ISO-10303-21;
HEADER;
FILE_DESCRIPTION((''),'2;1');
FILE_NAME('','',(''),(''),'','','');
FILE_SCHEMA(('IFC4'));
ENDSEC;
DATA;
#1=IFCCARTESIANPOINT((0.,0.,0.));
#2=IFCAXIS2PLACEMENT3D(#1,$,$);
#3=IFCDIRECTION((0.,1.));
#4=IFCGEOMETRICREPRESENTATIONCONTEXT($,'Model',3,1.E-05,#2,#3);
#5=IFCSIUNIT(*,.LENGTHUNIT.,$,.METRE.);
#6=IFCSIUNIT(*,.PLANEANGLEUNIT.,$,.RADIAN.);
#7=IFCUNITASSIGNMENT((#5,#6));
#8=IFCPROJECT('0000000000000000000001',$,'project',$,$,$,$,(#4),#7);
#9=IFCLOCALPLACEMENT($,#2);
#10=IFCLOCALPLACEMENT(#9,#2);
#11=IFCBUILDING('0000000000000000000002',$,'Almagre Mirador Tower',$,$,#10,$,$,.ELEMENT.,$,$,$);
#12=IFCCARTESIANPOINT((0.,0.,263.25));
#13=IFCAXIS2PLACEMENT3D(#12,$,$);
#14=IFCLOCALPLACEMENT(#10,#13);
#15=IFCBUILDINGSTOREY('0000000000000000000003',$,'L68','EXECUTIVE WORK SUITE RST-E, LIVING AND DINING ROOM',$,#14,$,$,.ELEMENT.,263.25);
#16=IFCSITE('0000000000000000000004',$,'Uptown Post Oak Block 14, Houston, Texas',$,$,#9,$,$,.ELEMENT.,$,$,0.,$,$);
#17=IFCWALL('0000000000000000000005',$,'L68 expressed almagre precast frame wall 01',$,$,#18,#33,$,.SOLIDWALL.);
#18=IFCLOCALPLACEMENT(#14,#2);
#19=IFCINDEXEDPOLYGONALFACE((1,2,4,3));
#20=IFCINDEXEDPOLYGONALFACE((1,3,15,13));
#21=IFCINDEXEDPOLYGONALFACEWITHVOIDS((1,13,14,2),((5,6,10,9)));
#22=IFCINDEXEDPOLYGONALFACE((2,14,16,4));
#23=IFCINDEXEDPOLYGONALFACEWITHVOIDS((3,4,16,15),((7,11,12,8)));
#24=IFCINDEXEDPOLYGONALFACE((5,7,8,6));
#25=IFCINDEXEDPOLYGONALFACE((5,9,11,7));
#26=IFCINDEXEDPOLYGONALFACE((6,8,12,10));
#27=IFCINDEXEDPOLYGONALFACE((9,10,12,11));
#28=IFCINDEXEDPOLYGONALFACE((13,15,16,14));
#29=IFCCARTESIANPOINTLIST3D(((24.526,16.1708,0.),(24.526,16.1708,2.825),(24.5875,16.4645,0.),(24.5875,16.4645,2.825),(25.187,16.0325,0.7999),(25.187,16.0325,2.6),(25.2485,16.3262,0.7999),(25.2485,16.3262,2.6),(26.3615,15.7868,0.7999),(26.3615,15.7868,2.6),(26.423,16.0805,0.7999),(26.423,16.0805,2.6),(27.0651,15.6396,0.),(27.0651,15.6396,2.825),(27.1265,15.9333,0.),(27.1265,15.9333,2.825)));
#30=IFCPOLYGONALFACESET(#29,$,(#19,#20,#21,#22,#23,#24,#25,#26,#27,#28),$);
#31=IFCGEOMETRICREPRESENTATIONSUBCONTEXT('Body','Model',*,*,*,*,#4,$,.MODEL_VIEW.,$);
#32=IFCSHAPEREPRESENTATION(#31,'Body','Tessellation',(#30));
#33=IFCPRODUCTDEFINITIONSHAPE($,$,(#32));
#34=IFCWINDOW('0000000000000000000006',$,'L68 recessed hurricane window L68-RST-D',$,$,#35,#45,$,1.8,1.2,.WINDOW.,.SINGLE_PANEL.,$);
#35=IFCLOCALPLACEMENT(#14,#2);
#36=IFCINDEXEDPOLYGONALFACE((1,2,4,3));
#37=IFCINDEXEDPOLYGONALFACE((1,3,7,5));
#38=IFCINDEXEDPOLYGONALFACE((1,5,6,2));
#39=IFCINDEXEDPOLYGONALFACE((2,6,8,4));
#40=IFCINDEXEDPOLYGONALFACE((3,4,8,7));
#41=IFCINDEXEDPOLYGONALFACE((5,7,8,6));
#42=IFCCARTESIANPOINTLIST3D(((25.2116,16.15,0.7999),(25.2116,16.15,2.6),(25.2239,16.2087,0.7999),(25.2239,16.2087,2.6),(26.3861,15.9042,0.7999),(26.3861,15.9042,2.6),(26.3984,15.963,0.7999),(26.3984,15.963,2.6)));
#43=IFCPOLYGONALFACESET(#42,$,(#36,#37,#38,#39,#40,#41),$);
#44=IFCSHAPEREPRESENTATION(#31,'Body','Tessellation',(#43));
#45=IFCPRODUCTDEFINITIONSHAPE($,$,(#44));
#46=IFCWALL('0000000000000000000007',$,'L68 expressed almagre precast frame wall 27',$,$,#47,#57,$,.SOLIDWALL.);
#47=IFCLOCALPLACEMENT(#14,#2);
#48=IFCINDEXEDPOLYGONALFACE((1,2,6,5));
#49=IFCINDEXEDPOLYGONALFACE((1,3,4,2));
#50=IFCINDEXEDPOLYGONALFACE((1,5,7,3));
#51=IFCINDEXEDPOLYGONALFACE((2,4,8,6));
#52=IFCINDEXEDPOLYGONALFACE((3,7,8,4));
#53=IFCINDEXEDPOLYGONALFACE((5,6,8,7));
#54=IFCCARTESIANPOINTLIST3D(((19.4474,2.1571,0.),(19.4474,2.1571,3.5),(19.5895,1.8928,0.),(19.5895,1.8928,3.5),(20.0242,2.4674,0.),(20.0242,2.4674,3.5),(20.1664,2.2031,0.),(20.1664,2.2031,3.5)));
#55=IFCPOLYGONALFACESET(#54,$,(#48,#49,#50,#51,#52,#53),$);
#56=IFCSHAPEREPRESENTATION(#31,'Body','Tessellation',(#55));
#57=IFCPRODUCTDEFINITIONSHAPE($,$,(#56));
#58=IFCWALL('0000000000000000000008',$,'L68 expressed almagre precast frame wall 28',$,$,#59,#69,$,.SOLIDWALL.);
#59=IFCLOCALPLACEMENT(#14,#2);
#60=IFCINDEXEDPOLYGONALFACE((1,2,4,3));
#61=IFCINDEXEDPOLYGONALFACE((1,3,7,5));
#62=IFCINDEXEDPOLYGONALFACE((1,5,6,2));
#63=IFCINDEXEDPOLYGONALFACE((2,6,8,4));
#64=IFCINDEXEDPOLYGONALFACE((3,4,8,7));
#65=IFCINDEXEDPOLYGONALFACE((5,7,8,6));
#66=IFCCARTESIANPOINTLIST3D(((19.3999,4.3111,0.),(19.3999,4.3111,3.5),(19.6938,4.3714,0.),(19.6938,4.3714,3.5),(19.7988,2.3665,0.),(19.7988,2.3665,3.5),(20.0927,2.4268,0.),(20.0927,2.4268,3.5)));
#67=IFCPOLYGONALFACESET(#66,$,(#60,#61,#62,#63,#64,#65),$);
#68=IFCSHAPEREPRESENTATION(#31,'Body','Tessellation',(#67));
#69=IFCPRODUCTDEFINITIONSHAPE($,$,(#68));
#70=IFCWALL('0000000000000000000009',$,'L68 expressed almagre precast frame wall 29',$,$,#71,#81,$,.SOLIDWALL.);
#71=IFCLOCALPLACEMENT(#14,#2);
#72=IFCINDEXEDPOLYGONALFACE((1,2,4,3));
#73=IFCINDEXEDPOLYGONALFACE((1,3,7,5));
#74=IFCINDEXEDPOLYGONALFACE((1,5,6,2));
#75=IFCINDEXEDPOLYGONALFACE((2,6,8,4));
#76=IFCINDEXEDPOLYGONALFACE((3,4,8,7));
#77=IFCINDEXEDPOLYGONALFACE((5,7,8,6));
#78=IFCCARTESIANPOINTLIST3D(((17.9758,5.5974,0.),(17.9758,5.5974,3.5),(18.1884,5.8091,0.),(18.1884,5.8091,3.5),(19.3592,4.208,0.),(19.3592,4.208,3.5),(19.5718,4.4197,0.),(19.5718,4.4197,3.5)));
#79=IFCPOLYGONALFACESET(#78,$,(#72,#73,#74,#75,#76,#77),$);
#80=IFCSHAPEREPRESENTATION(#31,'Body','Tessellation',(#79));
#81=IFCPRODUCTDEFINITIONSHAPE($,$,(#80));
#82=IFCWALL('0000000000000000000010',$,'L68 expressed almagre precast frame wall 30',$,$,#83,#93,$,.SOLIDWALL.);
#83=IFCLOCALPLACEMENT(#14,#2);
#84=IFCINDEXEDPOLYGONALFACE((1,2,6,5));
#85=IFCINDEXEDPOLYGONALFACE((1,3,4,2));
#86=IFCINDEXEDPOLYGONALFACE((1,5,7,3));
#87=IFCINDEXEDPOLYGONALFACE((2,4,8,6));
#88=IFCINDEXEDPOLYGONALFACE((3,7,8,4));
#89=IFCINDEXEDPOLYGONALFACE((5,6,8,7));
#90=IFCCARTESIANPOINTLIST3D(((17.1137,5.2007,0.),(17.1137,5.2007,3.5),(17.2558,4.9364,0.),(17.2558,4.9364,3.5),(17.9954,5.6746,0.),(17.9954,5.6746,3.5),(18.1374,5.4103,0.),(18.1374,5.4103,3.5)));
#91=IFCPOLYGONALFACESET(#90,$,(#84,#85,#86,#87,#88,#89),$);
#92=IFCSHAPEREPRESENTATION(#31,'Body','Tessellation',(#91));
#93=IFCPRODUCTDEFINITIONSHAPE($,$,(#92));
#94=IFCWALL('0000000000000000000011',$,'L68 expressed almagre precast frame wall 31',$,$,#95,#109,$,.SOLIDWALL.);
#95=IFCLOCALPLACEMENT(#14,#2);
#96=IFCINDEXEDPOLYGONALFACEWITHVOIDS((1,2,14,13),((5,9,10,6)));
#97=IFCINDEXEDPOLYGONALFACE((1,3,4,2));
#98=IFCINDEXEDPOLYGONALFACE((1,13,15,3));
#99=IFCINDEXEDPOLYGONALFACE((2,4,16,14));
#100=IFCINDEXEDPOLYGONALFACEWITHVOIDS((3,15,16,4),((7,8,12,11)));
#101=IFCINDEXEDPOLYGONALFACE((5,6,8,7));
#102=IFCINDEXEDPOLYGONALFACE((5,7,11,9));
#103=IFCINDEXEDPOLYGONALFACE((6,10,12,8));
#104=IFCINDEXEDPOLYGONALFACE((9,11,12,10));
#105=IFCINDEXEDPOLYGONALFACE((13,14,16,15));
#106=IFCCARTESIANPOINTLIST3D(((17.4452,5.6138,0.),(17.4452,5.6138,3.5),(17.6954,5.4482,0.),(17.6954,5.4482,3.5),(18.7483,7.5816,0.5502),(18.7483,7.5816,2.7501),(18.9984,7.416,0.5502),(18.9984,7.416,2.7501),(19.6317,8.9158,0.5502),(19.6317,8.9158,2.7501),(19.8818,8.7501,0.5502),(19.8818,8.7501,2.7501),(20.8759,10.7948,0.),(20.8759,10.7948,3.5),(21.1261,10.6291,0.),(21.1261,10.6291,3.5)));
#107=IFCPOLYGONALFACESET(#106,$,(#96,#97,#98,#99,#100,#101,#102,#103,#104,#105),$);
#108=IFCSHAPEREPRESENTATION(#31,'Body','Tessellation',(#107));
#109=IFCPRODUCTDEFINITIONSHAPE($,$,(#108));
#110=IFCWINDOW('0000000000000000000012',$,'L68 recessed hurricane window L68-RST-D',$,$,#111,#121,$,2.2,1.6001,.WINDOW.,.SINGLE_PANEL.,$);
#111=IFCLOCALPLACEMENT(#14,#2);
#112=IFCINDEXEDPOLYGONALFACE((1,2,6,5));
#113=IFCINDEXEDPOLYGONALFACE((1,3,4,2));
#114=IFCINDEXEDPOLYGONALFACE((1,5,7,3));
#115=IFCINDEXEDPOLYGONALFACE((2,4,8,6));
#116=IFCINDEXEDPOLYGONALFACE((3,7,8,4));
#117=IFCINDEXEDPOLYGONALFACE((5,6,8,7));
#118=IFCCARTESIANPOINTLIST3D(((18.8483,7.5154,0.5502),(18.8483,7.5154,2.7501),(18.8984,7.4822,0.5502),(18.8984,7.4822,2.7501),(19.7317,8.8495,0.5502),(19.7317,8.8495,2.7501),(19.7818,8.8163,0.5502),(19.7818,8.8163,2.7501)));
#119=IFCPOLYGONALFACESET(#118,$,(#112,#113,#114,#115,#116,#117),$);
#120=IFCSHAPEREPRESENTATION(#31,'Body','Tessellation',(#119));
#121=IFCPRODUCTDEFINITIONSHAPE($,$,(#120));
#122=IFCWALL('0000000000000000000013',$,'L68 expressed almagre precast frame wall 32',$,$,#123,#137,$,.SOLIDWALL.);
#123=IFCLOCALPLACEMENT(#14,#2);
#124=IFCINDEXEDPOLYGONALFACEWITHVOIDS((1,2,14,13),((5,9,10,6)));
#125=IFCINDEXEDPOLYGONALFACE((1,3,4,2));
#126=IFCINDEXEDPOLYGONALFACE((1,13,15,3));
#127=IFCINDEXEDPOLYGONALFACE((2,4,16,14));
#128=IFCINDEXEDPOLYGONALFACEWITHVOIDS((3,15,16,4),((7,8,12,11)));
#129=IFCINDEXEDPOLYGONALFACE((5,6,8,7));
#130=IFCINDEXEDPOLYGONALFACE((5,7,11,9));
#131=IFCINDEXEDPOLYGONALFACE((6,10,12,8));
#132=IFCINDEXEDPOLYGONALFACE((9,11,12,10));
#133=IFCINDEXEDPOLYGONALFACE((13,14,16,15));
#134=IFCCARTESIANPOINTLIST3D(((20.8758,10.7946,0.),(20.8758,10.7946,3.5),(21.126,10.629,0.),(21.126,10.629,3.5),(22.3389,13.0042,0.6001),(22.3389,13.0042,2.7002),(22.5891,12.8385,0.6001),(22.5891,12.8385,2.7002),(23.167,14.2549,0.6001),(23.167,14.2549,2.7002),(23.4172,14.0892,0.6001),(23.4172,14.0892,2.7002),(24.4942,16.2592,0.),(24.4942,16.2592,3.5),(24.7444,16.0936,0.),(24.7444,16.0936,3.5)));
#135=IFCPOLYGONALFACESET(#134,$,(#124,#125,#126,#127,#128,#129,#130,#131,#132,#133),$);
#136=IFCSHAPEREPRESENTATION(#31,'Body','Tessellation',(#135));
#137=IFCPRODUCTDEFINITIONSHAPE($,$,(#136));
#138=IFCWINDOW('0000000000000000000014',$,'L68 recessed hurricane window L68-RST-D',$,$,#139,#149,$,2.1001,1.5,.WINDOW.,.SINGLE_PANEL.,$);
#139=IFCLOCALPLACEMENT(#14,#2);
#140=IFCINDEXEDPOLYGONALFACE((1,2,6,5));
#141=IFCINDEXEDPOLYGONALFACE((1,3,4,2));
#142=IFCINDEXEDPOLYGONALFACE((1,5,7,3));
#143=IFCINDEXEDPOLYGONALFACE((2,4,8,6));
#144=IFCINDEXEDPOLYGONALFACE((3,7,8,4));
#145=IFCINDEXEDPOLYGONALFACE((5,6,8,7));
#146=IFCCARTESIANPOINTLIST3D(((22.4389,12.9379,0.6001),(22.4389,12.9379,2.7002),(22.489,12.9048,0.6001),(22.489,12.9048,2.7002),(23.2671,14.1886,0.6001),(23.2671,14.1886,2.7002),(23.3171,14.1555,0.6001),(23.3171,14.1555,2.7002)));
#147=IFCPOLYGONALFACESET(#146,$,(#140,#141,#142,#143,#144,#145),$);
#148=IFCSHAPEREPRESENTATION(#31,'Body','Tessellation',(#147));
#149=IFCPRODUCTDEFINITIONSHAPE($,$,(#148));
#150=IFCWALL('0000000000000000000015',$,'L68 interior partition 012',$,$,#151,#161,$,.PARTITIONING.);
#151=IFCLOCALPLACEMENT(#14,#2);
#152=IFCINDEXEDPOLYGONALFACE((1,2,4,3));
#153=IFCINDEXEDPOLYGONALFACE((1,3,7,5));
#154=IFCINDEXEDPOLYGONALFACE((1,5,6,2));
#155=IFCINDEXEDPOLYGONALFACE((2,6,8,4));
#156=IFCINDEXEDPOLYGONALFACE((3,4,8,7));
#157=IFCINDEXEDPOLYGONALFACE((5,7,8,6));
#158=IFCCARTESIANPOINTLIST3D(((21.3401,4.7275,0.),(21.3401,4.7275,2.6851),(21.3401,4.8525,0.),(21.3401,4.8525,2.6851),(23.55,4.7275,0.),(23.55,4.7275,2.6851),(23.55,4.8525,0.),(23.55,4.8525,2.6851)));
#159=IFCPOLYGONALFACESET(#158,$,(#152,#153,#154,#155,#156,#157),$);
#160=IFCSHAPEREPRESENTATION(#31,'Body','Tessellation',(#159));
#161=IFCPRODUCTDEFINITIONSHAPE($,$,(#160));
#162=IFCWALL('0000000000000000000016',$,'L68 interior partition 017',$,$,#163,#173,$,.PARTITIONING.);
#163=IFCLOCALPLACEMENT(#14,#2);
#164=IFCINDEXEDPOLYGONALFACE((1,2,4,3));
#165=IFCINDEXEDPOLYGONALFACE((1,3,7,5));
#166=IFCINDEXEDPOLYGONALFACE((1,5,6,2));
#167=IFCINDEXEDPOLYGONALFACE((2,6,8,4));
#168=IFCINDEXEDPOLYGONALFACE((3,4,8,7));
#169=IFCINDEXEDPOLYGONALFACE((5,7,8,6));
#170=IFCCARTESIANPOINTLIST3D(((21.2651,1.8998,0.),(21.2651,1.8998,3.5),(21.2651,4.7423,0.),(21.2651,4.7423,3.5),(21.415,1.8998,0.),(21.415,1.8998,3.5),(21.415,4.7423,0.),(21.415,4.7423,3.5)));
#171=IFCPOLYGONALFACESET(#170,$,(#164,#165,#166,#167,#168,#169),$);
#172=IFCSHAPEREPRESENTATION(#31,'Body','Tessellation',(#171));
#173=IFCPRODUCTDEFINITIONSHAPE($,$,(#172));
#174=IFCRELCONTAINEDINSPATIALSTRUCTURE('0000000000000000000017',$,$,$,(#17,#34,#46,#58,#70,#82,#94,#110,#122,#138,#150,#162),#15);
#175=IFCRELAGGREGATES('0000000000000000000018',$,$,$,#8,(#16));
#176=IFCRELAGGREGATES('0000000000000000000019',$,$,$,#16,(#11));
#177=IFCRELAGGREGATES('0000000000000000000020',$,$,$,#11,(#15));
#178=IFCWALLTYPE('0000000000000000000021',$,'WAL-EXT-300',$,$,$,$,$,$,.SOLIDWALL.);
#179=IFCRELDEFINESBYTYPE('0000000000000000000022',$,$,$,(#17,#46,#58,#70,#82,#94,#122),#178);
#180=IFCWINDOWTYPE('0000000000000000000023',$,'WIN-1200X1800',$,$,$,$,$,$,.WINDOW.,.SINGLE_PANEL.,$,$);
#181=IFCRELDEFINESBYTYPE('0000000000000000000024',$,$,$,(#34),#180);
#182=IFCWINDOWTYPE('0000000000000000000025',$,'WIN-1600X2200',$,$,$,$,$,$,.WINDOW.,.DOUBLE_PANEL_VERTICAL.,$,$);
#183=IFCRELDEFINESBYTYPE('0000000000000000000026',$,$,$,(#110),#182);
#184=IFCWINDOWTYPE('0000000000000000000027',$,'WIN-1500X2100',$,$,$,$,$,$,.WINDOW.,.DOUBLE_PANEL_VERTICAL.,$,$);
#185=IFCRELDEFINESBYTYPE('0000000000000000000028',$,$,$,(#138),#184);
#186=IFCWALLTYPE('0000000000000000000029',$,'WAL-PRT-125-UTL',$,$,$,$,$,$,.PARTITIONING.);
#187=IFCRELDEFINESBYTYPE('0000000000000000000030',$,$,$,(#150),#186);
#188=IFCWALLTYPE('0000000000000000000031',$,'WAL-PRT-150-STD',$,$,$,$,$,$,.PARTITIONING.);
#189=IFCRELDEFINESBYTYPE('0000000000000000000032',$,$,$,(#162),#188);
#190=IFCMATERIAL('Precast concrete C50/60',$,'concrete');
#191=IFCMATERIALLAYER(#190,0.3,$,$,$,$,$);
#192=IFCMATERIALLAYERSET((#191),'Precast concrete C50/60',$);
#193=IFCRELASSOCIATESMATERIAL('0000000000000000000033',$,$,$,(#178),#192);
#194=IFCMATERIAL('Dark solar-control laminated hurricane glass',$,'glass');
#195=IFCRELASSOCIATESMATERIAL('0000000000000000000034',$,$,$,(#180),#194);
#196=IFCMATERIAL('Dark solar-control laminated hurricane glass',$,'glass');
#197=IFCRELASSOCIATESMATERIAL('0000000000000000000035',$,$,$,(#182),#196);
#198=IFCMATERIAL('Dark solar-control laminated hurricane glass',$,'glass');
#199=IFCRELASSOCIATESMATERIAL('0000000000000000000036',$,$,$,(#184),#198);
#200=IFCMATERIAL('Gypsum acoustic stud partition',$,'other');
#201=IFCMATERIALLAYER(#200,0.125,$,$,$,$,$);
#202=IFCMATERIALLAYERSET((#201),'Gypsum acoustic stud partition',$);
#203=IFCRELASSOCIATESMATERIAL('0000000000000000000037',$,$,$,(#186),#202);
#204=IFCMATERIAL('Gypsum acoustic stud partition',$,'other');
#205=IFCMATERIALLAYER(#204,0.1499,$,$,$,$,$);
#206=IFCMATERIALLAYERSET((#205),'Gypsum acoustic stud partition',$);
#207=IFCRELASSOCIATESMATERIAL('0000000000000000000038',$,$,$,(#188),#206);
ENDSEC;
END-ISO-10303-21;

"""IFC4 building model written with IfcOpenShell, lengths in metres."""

from ifc_helpers import new_model, si_unit, direction, frame, frame_2d, origin, place, context, subcontext, project, spatial, rectangle, extrude, material, layer, layer_set, type_object, element, fill, save


model = new_model("IFC4")

# Units and contexts
model_context = context("Model", 3, precision=1e-05, world=origin(), true_north=direction((0.0, 1.0)))
body_context = subcontext(model_context, "Body", "Model", "MODEL_VIEW")
ifc_project = project(units=[si_unit("LENGTHUNIT", "METRE"), si_unit("PLANEANGLEUNIT", "RADIAN")], contexts=[model_context])

# Site, building, storey
site_placement = place(None, origin())
site = spatial("IfcSite", under=ifc_project, at=site_placement, Name="Uptown Post Oak Block 14, Houston, Texas", CompositionType="ELEMENT", RefElevation=0.0)
building_placement = place(site_placement, origin())
building = spatial("IfcBuilding", under=site, at=building_placement, Name="Almagre Mirador Tower", CompositionType="ELEMENT")
storey_placement = place(building_placement, frame((0.0, 0.0, 263.25)))
storey = spatial("IfcBuildingStorey", under=building, at=storey_placement, Name="L68", Description="EXECUTIVE WORK SUITE RST-E, LIVING AND DINING ROOM", CompositionType="ELEMENT", Elevation=263.25)

# Wall, opening, window
ifc_material_1 = material(Name="Precast concrete C50/60", Category="concrete")
ifc_layer_1 = layer(ifc_material_1, 0.3)
ifc_layer_set_1 = layer_set([ifc_layer_1], Name="Precast concrete C50/60")
wall_type_1 = type_object("IfcWallType", Name="WAL-EXT-300", PredefinedType="SOLIDWALL", material=ifc_layer_set_1)
wall_1_placement = place(storey_placement, frame((24.5569, 16.3176, 0.0), z_axis=(0.0, 0.0, 1.0), x_axis=(0.978805, -0.204796, 0.0)))
wall_1 = element("IfcWall", 1, at=wall_1_placement, inside=storey, type_object=wall_type_1, Name="L68 expressed almagre precast frame wall 01", PredefinedType="SOLIDWALL", context=body_context, shape_type="SweptSolid", body=[
    extrude(rectangle(XDim=2.594, YDim=0.3, at=frame_2d((1.2969, 0.0))), origin(), (0.0, 0.0, 1.0), 2.825),
])
opening_1_placement = place(wall_1_placement, frame((0.675, 0.0, 0.8)))
opening_1 = element("IfcOpeningElement", 2, at=opening_1_placement, cuts=wall_1, PredefinedType="OPENING", context=body_context, shape_type="SweptSolid", body=[
    extrude(rectangle(XDim=1.2, YDim=1.8, at=frame_2d((0.6001, 0.8999))), frame((0.0, 0.1599, 0.0), z_axis=(0.0, -1.0, 0.0), x_axis=(1.0, 0.0, 0.0)), (0.0, 0.0, 1.0), 0.32),
])
ifc_material_2 = material(Name="Dark solar-control laminated hurricane glass", Category="glass")
window_type_1 = type_object("IfcWindowType", Name="WIN-1200X1800", PartitioningType="SINGLE_PANEL", PredefinedType="WINDOW", material=ifc_material_2)
window_1_placement = place(opening_1_placement, origin())
window_1 = element("IfcWindow", 3, at=window_1_placement, inside=storey, type_object=window_type_1, Name="L68 recessed hurricane window L68-RST-D", OverallHeight=1.8, OverallWidth=1.2, PartitioningType="SINGLE_PANEL", PredefinedType="WINDOW", context=body_context, shape_type="SweptSolid", body=[
    extrude(rectangle(XDim=1.2, YDim=1.8, at=frame_2d((0.6001, 0.8999))), frame((0.0, 0.03, 0.0), z_axis=(0.0, -1.0, 0.0), x_axis=(1.0, 0.0, 0.0)), (0.0, 0.0, 1.0), 0.0601),
])
fill(opening_1, window_1)

# Walls
wall_2_placement = place(storey_placement, frame((19.5183, 2.0249, 0.0), z_axis=(0.0, 0.0, 1.0), x_axis=(0.880686, 0.4737, 0.0)))
element("IfcWall", 4, at=wall_2_placement, inside=storey, type_object=wall_type_1, Name="L68 expressed almagre precast frame wall 27", PredefinedType="SOLIDWALL", context=body_context, shape_type="SweptSolid", body=[
    extrude(rectangle(XDim=0.655, YDim=0.3, at=frame_2d((0.3276, 0.0))), origin(), (0.0, 0.0, 1.0), 3.5),
])
wall_3_placement = place(storey_placement, frame((19.9458, 2.3965, 0.0), z_axis=(0.0, 0.0, 1.0), x_axis=(-0.200962, 0.979599, 0.0)))
element("IfcWall", 5, at=wall_3_placement, inside=storey, type_object=wall_type_1, Name="L68 expressed almagre precast frame wall 28", PredefinedType="SOLIDWALL", context=body_context, shape_type="SweptSolid", body=[
    extrude(rectangle(XDim=1.9851, YDim=0.3, at=frame_2d((0.9927, 0.0))), origin(), (0.0, 0.0, 1.0), 3.5),
])
wall_4_placement = place(storey_placement, frame((19.4656, 4.3137, 0.0), z_axis=(0.0, 0.0, 1.0), x_axis=(-0.705549, 0.708662, 0.0)))
element("IfcWall", 6, at=wall_4_placement, inside=storey, type_object=wall_type_1, Name="L68 expressed almagre precast frame wall 29", PredefinedType="SOLIDWALL", context=body_context, shape_type="SweptSolid", body=[
    extrude(rectangle(XDim=1.9607, YDim=0.3, at=frame_2d((0.9805, 0.0))), origin(), (0.0, 0.0, 1.0), 3.5),
])
wall_5_placement = place(storey_placement, frame((18.0664, 5.5425, 0.0), z_axis=(0.0, 0.0, 1.0), x_axis=(-0.880815, -0.47346, 0.0)))
element("IfcWall", 7, at=wall_5_placement, inside=storey, type_object=wall_type_1, Name="L68 expressed almagre precast frame wall 30", PredefinedType="SOLIDWALL", context=body_context, shape_type="SweptSolid", body=[
    extrude(rectangle(XDim=1.001, YDim=0.3, at=frame_2d((0.5005, 0.0))), origin(), (0.0, 0.0, 1.0), 3.5),
])

# Walls, openings, windows
wall_6_placement = place(storey_placement, frame((17.5703, 5.531, 0.0), z_axis=(0.0, 0.0, 1.0), x_axis=(0.552104, 0.833775, 0.0)))
wall_6 = element("IfcWall", 8, at=wall_6_placement, inside=storey, type_object=wall_type_1, Name="L68 expressed almagre precast frame wall 31", PredefinedType="SOLIDWALL", context=body_context, shape_type="SweptSolid", body=[
    extrude(rectangle(XDim=6.2139, YDim=0.3, at=frame_2d((3.1069, 0.0))), origin(), (0.0, 0.0, 1.0), 3.5),
])
opening_2_placement = place(wall_6_placement, frame((2.3601, 0.0, 0.55)))
opening_2 = element("IfcOpeningElement", 9, at=opening_2_placement, cuts=wall_6, PredefinedType="OPENING", context=body_context, shape_type="SweptSolid", body=[
    extrude(rectangle(XDim=1.6001, YDim=2.2, at=frame_2d((0.8, 1.1001))), frame((0.0, 0.1599, 0.0), z_axis=(0.0, -1.0, 0.0), x_axis=(1.0, 0.0, 0.0)), (0.0, 0.0, 1.0), 0.32),
])
ifc_material_3 = material(Name="Dark solar-control laminated hurricane glass", Category="glass")
window_type_2 = type_object("IfcWindowType", Name="WIN-1600X2200", PartitioningType="DOUBLE_PANEL_VERTICAL", PredefinedType="WINDOW", material=ifc_material_3)
window_2_placement = place(opening_2_placement, origin())
window_2 = element("IfcWindow", 10, at=window_2_placement, inside=storey, type_object=window_type_2, Name="L68 recessed hurricane window L68-RST-D", OverallHeight=2.2, OverallWidth=1.6001, PartitioningType="SINGLE_PANEL", PredefinedType="WINDOW", context=body_context, shape_type="SweptSolid", body=[
    extrude(rectangle(XDim=1.6001, YDim=2.2, at=frame_2d((0.8, 1.1001))), frame((0.0, 0.03, 0.0), z_axis=(0.0, -1.0, 0.0), x_axis=(1.0, 0.0, 0.0)), (0.0, 0.0, 1.0), 0.0601),
])
fill(opening_2, window_2)
wall_7_placement = place(storey_placement, frame((21.001, 10.7119, 0.0), z_axis=(0.0, 0.0, 1.0), x_axis=(0.552093, 0.833783, 0.0)))
wall_7 = element("IfcWall", 11, at=wall_7_placement, inside=storey, type_object=wall_type_1, Name="L68 expressed almagre precast frame wall 32", PredefinedType="SOLIDWALL", context=body_context, shape_type="SweptSolid", body=[
    extrude(rectangle(XDim=6.554, YDim=0.3, at=frame_2d((3.2769, 0.0))), origin(), (0.0, 0.0, 1.0), 3.5),
])
opening_3_placement = place(wall_7_placement, frame((2.6499, 0.0, 0.6001)))
opening_3 = element("IfcOpeningElement", 12, at=opening_3_placement, cuts=wall_7, PredefinedType="OPENING", context=body_context, shape_type="SweptSolid", body=[
    extrude(rectangle(XDim=1.5, YDim=2.1001, at=frame_2d((0.75, 1.05))), frame((0.0, 0.1599, 0.0), z_axis=(0.0, -1.0, 0.0), x_axis=(1.0, 0.0, 0.0)), (0.0, 0.0, 1.0), 0.32),
])
ifc_material_4 = material(Name="Dark solar-control laminated hurricane glass", Category="glass")
window_type_3 = type_object("IfcWindowType", Name="WIN-1500X2100", PartitioningType="DOUBLE_PANEL_VERTICAL", PredefinedType="WINDOW", material=ifc_material_4)
window_3_placement = place(opening_3_placement, origin())
window_3 = element("IfcWindow", 13, at=window_3_placement, inside=storey, type_object=window_type_3, Name="L68 recessed hurricane window L68-RST-D", OverallHeight=2.1001, OverallWidth=1.5, PartitioningType="SINGLE_PANEL", PredefinedType="WINDOW", context=body_context, shape_type="SweptSolid", body=[
    extrude(rectangle(XDim=1.5, YDim=2.1001, at=frame_2d((0.75, 1.05))), frame((0.0, 0.03, 0.0), z_axis=(0.0, -1.0, 0.0), x_axis=(1.0, 0.0, 0.0)), (0.0, 0.0, 1.0), 0.0601),
])
fill(opening_3, window_3)

# Walls
ifc_material_5 = material(Name="Gypsum acoustic stud partition", Category="other")
ifc_layer_2 = layer(ifc_material_5, 0.125)
ifc_layer_set_2 = layer_set([ifc_layer_2], Name="Gypsum acoustic stud partition")
wall_type_2 = type_object("IfcWallType", Name="WAL-PRT-125-UTL", PredefinedType="PARTITIONING", material=ifc_layer_set_2)
wall_8_placement = place(storey_placement, frame((21.3401, 4.79, 0.0), z_axis=(0.0, 0.0, 1.0), x_axis=(1.0, 0.0, 0.0)))
element("IfcWall", 14, at=wall_8_placement, inside=storey, type_object=wall_type_2, Name="L68 interior partition 012", PredefinedType="PARTITIONING", context=body_context, shape_type="SweptSolid", body=[
    extrude(rectangle(XDim=2.21, YDim=0.125, at=frame_2d((1.105, 0.0))), origin(), (0.0, 0.0, 1.0), 2.6851),
])
ifc_material_6 = material(Name="Gypsum acoustic stud partition", Category="other")
ifc_layer_3 = layer(ifc_material_6, 0.1499)
ifc_layer_set_3 = layer_set([ifc_layer_3], Name="Gypsum acoustic stud partition")
wall_type_3 = type_object("IfcWallType", Name="WAL-PRT-150-STD", PredefinedType="PARTITIONING", material=ifc_layer_set_3)
wall_9_placement = place(storey_placement, frame((21.3401, 4.7424, 0.0), z_axis=(0.0, 0.0, 1.0), x_axis=(0.0, -1.0, 0.0)))
element("IfcWall", 15, at=wall_9_placement, inside=storey, type_object=wall_type_3, Name="L68 interior partition 017", PredefinedType="PARTITIONING", context=body_context, shape_type="SweptSolid", body=[
    extrude(rectangle(XDim=2.8425, YDim=0.1499, at=frame_2d((1.4214, 0.0))), origin(), (0.0, 0.0, 1.0), 3.5),
])

save(model, "model.ifc")
